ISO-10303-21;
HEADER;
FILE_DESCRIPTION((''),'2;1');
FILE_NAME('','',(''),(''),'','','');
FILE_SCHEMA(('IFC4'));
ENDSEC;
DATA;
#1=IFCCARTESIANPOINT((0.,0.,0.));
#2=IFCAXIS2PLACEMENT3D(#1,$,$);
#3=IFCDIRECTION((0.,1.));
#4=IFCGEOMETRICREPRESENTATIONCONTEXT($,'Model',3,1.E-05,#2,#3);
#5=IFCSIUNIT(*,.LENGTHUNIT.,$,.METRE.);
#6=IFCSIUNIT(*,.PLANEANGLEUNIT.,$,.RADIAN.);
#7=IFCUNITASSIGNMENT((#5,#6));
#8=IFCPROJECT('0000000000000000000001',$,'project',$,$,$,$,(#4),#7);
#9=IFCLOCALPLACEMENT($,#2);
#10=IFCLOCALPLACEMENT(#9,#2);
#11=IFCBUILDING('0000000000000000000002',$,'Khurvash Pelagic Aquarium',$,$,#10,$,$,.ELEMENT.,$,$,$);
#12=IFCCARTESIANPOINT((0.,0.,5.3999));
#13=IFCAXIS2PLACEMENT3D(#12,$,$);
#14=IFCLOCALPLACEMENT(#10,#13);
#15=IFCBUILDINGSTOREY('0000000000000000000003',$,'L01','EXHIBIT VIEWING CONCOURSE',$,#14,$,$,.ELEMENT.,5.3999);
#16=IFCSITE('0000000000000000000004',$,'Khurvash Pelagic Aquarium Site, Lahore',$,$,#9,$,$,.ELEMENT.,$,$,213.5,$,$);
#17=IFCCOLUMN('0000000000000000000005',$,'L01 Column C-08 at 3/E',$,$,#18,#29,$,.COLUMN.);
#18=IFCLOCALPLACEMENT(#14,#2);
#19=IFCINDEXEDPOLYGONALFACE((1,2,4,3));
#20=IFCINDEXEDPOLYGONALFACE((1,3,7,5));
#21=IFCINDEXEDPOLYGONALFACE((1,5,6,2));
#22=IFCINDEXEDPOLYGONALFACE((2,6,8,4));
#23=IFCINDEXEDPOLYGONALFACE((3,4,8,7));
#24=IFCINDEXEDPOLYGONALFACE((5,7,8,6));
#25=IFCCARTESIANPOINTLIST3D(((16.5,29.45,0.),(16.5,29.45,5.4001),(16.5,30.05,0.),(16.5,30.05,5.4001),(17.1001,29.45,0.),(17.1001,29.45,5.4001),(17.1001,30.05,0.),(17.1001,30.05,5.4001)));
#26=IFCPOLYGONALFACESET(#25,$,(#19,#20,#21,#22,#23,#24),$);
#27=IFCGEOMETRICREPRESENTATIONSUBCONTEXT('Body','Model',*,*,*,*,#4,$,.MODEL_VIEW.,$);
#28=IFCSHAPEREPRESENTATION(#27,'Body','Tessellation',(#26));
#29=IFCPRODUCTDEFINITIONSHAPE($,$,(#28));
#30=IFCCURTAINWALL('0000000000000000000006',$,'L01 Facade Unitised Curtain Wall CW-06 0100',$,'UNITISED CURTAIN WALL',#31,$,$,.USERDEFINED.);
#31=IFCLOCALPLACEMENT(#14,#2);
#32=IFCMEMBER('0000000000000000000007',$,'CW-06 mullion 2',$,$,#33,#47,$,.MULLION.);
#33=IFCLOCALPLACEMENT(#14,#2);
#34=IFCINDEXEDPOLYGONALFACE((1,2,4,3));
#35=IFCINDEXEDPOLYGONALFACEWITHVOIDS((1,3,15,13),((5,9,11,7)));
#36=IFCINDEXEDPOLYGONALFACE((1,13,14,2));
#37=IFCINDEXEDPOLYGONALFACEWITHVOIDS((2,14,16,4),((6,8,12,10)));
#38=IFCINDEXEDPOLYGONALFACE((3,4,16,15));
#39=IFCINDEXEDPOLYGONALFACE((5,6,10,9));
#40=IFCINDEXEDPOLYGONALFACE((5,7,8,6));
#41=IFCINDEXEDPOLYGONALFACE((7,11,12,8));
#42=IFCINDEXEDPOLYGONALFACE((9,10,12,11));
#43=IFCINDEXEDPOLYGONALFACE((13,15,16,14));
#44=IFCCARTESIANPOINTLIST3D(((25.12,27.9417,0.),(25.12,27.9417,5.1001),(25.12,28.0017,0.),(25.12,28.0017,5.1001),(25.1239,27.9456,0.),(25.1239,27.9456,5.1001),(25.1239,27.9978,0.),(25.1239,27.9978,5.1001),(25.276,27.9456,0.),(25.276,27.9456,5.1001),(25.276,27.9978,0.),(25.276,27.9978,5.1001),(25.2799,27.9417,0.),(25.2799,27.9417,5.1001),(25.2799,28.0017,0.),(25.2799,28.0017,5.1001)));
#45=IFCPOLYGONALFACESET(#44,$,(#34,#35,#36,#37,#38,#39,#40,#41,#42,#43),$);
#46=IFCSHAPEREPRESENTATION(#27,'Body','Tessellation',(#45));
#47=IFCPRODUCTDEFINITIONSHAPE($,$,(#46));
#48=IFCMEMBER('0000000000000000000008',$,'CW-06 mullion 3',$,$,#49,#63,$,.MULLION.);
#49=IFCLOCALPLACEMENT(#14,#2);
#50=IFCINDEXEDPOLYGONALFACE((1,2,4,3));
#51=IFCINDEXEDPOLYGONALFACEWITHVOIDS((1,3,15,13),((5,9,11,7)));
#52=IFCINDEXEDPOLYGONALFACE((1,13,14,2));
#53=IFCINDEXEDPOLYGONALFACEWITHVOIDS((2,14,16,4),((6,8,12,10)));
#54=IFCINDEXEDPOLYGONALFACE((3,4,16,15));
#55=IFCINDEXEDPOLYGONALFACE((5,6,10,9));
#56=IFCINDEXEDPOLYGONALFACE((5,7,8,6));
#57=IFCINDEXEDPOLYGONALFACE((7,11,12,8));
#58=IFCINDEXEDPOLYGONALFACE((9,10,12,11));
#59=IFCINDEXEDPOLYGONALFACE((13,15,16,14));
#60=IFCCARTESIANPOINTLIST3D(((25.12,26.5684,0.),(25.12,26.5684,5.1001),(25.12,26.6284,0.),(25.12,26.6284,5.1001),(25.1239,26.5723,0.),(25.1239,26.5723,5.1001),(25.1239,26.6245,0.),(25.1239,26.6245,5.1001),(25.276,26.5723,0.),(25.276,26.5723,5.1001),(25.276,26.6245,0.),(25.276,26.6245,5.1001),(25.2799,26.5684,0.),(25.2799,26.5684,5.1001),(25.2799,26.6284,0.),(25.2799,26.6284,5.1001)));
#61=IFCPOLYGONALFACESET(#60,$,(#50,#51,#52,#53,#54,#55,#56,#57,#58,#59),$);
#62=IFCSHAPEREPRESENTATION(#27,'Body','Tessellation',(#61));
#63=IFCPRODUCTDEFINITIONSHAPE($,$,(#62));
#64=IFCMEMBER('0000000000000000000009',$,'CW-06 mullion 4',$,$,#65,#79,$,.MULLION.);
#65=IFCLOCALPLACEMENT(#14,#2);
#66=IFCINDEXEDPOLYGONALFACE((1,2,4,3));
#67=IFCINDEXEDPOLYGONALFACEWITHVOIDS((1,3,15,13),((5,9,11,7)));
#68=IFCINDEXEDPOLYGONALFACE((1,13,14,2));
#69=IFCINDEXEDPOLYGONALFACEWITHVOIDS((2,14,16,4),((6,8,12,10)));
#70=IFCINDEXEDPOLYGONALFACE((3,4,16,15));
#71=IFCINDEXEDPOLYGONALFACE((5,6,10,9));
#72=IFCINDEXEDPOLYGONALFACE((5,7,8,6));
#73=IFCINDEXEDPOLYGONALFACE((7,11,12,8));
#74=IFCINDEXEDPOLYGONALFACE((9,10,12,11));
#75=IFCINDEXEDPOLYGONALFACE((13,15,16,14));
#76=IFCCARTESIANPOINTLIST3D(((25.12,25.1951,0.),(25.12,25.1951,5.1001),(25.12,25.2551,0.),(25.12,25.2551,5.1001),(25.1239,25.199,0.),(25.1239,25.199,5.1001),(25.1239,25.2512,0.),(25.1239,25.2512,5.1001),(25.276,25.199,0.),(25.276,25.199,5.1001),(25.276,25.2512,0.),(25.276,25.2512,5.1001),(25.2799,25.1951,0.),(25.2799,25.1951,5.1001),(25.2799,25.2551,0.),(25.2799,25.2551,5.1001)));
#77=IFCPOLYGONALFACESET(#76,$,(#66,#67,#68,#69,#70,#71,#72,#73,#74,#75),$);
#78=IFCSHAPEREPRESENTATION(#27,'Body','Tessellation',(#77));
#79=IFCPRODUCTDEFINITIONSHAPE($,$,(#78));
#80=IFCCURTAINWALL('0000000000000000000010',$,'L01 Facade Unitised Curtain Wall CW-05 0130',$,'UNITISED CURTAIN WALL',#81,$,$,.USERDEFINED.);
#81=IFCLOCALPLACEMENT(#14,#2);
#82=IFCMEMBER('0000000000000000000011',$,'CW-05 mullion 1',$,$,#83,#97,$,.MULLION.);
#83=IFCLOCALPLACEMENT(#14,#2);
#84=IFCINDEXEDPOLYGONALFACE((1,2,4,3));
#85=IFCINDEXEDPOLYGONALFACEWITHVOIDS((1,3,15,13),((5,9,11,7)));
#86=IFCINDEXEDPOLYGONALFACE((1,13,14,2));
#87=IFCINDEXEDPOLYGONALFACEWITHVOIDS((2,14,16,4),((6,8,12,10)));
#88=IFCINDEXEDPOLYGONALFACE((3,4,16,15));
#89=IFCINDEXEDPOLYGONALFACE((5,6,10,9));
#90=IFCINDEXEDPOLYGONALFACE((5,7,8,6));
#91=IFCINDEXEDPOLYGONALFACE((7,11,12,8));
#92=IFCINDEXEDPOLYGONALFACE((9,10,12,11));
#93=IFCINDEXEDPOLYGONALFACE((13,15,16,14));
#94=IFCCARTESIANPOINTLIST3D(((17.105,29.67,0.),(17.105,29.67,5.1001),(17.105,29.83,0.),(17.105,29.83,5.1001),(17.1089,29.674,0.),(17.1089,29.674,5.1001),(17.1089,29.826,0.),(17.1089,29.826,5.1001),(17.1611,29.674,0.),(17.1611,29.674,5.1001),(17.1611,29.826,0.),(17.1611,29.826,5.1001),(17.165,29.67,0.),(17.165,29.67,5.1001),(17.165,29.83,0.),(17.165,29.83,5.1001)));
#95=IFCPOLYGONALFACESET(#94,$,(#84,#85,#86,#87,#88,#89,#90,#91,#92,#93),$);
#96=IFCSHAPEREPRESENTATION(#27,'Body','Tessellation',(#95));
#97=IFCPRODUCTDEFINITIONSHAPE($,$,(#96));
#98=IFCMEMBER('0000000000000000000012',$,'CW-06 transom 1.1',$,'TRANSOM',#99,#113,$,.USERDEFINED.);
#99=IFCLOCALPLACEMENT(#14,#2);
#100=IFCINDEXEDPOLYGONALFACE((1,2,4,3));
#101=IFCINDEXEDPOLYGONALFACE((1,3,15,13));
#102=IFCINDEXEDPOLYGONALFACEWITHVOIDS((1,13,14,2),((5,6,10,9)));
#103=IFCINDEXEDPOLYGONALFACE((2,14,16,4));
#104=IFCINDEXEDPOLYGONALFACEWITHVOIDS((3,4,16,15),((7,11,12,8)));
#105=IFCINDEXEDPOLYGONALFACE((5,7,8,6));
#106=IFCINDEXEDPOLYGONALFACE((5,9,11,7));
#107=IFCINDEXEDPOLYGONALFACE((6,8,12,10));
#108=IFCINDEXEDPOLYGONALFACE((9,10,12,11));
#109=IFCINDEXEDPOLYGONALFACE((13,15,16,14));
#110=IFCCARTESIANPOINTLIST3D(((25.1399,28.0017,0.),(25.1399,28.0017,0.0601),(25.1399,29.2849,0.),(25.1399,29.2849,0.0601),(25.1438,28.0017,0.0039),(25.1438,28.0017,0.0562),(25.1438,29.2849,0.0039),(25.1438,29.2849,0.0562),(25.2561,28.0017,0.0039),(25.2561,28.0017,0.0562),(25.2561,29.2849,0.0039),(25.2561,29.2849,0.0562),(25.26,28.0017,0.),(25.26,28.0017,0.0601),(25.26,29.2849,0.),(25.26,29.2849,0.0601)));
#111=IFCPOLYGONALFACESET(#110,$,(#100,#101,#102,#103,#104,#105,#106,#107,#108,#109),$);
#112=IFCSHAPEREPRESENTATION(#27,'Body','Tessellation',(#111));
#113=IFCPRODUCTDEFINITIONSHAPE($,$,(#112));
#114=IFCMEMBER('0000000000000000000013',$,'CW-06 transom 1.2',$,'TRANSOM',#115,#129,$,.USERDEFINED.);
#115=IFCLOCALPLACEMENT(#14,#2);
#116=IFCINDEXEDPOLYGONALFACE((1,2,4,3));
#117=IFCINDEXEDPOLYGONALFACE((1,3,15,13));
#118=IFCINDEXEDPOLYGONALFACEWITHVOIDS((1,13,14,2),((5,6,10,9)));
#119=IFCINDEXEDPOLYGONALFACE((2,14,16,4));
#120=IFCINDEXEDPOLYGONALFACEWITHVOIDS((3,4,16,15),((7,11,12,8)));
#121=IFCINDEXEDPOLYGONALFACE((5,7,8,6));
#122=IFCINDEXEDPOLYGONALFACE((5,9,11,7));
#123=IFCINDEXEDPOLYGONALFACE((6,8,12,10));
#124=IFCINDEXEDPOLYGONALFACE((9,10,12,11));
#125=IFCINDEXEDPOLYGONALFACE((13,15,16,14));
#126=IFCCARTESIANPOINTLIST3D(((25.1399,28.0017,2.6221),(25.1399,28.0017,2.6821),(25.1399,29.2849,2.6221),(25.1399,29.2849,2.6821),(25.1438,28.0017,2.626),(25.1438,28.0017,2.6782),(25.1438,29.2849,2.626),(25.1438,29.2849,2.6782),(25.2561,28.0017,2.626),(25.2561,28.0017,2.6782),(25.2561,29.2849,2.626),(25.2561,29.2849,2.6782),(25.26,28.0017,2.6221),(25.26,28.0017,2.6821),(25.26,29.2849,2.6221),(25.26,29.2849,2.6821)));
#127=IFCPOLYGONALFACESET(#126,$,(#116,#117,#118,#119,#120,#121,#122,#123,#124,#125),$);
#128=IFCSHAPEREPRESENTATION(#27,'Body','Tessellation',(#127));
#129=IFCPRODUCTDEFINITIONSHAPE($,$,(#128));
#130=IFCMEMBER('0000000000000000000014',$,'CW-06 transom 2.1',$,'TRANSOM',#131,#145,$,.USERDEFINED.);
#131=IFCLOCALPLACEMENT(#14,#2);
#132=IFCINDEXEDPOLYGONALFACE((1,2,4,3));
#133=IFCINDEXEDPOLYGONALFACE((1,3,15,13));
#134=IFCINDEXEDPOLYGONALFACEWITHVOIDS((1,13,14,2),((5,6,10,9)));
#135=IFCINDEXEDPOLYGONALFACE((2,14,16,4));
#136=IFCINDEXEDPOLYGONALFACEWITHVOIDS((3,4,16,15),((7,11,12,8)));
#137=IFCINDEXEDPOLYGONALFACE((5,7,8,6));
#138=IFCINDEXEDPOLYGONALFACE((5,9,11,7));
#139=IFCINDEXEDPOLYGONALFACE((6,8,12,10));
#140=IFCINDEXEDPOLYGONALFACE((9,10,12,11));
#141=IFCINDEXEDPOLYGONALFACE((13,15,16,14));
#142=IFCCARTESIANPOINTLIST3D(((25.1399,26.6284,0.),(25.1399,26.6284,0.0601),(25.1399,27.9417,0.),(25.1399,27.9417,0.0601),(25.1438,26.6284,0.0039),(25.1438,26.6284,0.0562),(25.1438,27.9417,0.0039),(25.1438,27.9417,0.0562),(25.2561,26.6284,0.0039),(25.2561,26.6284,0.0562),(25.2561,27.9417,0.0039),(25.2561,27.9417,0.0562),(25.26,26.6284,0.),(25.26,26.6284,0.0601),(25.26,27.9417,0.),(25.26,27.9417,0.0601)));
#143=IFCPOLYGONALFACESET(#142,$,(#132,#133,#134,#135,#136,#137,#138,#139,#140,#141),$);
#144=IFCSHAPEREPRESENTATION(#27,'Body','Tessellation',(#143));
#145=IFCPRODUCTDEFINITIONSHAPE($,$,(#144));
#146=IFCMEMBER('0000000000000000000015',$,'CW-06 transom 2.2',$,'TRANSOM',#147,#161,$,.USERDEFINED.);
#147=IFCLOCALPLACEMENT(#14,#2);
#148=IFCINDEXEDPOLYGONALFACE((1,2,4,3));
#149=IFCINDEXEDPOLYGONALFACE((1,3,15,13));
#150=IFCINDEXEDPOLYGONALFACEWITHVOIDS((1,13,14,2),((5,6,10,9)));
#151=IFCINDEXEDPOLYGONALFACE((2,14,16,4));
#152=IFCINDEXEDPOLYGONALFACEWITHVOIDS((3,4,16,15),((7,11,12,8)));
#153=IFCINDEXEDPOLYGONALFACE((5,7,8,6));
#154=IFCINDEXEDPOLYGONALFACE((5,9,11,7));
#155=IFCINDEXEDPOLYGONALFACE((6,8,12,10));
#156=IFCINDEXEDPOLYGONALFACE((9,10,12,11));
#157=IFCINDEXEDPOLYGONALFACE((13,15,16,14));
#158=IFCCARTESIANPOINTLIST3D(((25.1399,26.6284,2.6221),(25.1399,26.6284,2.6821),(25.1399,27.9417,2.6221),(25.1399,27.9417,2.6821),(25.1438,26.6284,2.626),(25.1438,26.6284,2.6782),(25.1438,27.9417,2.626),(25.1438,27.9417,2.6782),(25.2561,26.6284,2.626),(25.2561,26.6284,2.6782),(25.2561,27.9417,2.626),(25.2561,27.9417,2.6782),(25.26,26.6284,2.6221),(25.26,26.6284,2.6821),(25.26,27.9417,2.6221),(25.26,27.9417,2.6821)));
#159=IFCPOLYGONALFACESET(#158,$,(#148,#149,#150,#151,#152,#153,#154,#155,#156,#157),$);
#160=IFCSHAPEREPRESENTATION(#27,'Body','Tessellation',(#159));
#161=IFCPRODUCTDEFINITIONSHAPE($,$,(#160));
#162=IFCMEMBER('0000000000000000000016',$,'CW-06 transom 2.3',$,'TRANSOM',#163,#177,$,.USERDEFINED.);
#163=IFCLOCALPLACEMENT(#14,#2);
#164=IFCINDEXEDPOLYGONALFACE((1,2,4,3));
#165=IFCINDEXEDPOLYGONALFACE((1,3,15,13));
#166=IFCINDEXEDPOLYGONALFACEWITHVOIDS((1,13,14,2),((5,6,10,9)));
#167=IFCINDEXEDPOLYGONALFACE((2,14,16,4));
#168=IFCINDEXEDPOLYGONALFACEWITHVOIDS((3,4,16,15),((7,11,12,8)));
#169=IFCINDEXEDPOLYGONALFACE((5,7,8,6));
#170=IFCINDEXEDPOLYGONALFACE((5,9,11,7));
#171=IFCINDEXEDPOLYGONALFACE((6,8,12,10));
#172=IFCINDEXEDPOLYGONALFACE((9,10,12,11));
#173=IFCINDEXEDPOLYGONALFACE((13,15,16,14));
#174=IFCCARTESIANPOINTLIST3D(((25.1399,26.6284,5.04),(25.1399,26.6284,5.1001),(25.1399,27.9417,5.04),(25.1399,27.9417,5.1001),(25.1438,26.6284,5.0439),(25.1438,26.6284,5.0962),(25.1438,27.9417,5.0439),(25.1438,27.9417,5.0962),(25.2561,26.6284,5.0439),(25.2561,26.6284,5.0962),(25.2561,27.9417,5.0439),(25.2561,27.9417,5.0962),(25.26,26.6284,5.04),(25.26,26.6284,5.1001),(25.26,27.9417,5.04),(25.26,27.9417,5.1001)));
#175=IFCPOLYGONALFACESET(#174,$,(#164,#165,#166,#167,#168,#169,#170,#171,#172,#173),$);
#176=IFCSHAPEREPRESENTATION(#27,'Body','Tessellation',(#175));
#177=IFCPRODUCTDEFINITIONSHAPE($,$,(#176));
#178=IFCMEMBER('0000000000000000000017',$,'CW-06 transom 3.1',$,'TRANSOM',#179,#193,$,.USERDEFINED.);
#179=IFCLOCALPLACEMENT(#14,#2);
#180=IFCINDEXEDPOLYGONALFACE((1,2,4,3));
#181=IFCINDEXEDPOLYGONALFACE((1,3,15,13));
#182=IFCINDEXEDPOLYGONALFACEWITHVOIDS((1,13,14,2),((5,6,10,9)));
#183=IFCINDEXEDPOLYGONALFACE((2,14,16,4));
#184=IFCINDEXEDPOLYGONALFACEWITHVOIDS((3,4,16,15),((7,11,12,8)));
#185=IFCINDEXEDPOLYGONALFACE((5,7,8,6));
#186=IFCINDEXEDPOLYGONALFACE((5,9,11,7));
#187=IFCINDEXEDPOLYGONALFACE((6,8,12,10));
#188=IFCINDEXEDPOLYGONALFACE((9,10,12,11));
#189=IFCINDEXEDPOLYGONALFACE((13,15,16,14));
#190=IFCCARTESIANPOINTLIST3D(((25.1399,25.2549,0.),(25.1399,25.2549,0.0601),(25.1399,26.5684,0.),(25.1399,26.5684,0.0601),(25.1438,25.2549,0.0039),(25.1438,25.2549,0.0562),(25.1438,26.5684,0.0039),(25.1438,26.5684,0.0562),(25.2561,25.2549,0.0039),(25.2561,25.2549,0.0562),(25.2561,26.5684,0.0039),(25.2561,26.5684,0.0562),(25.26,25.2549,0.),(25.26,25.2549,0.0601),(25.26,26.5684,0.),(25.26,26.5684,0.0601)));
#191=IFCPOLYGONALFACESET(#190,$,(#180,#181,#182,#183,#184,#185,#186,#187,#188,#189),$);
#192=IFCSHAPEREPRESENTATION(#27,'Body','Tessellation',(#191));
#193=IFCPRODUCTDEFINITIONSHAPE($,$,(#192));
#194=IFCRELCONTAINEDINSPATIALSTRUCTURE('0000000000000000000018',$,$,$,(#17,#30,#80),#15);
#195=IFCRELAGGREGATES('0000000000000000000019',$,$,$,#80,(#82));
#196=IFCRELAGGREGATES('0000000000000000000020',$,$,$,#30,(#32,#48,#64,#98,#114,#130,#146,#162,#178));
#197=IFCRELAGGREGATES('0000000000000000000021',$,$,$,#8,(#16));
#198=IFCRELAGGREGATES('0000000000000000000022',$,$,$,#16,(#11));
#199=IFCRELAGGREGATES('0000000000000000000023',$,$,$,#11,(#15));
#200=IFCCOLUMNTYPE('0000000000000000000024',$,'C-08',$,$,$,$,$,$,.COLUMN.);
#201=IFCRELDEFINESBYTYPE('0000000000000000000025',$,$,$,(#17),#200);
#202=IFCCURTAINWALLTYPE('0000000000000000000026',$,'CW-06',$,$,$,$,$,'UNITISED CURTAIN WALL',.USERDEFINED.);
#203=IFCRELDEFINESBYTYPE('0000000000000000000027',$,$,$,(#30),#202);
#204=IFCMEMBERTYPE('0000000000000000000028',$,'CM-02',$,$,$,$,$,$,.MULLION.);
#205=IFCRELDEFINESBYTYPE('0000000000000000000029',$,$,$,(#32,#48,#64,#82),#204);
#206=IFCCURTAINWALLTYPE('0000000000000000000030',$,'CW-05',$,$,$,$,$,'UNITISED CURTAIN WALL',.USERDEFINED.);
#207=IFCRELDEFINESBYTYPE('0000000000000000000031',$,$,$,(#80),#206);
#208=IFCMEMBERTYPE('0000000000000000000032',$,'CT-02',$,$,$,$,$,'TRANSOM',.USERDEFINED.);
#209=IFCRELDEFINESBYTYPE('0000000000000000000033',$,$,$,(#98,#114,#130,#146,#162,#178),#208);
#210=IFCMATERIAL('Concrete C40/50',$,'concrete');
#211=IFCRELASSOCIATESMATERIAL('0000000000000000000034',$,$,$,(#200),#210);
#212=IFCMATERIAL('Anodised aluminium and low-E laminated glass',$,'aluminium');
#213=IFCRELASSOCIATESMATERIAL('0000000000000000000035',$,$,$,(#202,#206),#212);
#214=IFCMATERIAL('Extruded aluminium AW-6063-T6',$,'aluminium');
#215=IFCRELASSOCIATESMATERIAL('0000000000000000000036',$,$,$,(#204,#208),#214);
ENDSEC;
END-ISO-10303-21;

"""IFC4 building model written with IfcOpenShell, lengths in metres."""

from ifc_helpers import new_model, si_unit, direction, frame, origin, origin_2d, place, context, subcontext, project, spatial, rectangle, hollow_rectangle, extrude, material, material_profile, profile_set, type_object, element, aggregate, save


model = new_model("IFC4")

# Units and contexts
model_context = context("Model", 3, precision=1e-05, world=origin(), true_north=direction((0.0, 1.0)))
body_context = subcontext(model_context, "Body", "Model", "MODEL_VIEW")
ifc_project = project(units=[si_unit("LENGTHUNIT", "METRE"), si_unit("PLANEANGLEUNIT", "RADIAN")], contexts=[model_context])

# Site, building, storey
site_placement = place(None, origin())
site = spatial("IfcSite", under=ifc_project, at=site_placement, Name="Khurvash Pelagic Aquarium Site, Lahore", CompositionType="ELEMENT", RefElevation=213.5)
building_placement = place(site_placement, origin())
building = spatial("IfcBuilding", under=site, at=building_placement, Name="Khurvash Pelagic Aquarium", CompositionType="ELEMENT")
storey_placement = place(building_placement, frame((0.0, 0.0, 5.3999)))
storey = spatial("IfcBuildingStorey", under=building, at=storey_placement, Name="L01", Description="EXHIBIT VIEWING CONCOURSE", CompositionType="ELEMENT", Elevation=5.3999)

# Column
ifc_material_1 = material(Name="Concrete C40/50", Category="concrete")
ifc_material_profile_1 = material_profile(ifc_material_1, rectangle(XDim=0.6001, YDim=0.6001, at=origin_2d()), Name="RC600X600")
ifc_profile_set_1 = profile_set([ifc_material_profile_1], Name="Concrete C40/50")
column_type = type_object("IfcColumnType", Name="C-08", PredefinedType="COLUMN", material=ifc_profile_set_1)
column_placement = place(storey_placement, frame((16.8, 29.75, 0.0), z_axis=(0.0, 0.0, 1.0), x_axis=(1.0, 0.0, 0.0)))
element("IfcColumn", 1, at=column_placement, inside=storey, type_object=column_type, Name="L01 Column C-08 at 3/E", PredefinedType="COLUMN", context=body_context, shape_type="SweptSolid", body=[
    extrude(rectangle(XDim=0.6001, YDim=0.6001, at=origin_2d()), origin(), (0.0, 0.0, 1.0), 5.4001),
])

# Curtain wall, members
ifc_material_2 = material(Name="Anodised aluminium and low-E laminated glass", Category="aluminium")
curtain_wall_type_1 = type_object("IfcCurtainWallType", Name="CW-06", ElementType="UNITISED CURTAIN WALL", PredefinedType="USERDEFINED", material=ifc_material_2)
curtain_wall_1_placement = place(storey_placement, origin())
curtain_wall_1 = element("IfcCurtainWall", 2, at=curtain_wall_1_placement, inside=storey, type_object=curtain_wall_type_1, Name="L01 Facade Unitised Curtain Wall CW-06 0100", ObjectType="UNITISED CURTAIN WALL", PredefinedType="USERDEFINED")
ifc_material_3 = material(Name="Extruded aluminium AW-6063-T6", Category="aluminium")
ifc_material_profile_2 = material_profile(ifc_material_3, hollow_rectangle(XDim=0.0601, YDim=0.1599, WallThickness=0.0039, at=origin_2d()), Name="CWM60X160X4")
ifc_profile_set_2 = profile_set([ifc_material_profile_2], Name="Extruded aluminium AW-6063-T6")
member_type_1 = type_object("IfcMemberType", Name="CM-02", PredefinedType="MULLION", material=ifc_profile_set_2)
member_1_placement = place(storey_placement, frame((25.2, 27.9717, 0.0), z_axis=(0.0, 0.0, 1.0), x_axis=(0.0, -1.0, 0.0)))
member_1 = element("IfcMember", 3, at=member_1_placement, type_object=member_type_1, Name="CW-06 mullion 2", PredefinedType="MULLION", context=body_context, shape_type="SweptSolid", body=[
    extrude(hollow_rectangle(XDim=0.0601, YDim=0.1599, WallThickness=0.0039, at=origin_2d()), origin(), (0.0, 0.0, 1.0), 5.1001),
])
member_2_placement = place(storey_placement, frame((25.2, 26.5984, 0.0), z_axis=(0.0, 0.0, 1.0), x_axis=(0.0, -1.0, 0.0)))
member_2 = element("IfcMember", 4, at=member_2_placement, type_object=member_type_1, Name="CW-06 mullion 3", PredefinedType="MULLION", context=body_context, shape_type="SweptSolid", body=[
    extrude(hollow_rectangle(XDim=0.0601, YDim=0.1599, WallThickness=0.0039, at=origin_2d()), origin(), (0.0, 0.0, 1.0), 5.1001),
])
member_3_placement = place(storey_placement, frame((25.2, 25.2251, 0.0), z_axis=(0.0, 0.0, 1.0), x_axis=(0.0, -1.0, 0.0)))
member_3 = element("IfcMember", 5, at=member_3_placement, type_object=member_type_1, Name="CW-06 mullion 4", PredefinedType="MULLION", context=body_context, shape_type="SweptSolid", body=[
    extrude(hollow_rectangle(XDim=0.0601, YDim=0.1599, WallThickness=0.0039, at=origin_2d()), origin(), (0.0, 0.0, 1.0), 5.1001),
])

# Curtain wall, member
curtain_wall_type_2 = type_object("IfcCurtainWallType", Name="CW-05", ElementType="UNITISED CURTAIN WALL", PredefinedType="USERDEFINED", material=ifc_material_2)
curtain_wall_2_placement = place(storey_placement, origin())
curtain_wall_2 = element("IfcCurtainWall", 6, at=curtain_wall_2_placement, inside=storey, type_object=curtain_wall_type_2, Name="L01 Facade Unitised Curtain Wall CW-05 0130", ObjectType="UNITISED CURTAIN WALL", PredefinedType="USERDEFINED")
member_4_placement = place(storey_placement, frame((17.135, 29.75, 0.0), z_axis=(0.0, 0.0, 1.0), x_axis=(1.0, 0.0, 0.0)))
member_4 = element("IfcMember", 7, at=member_4_placement, type_object=member_type_1, Name="CW-05 mullion 1", PredefinedType="MULLION", context=body_context, shape_type="SweptSolid", body=[
    extrude(hollow_rectangle(XDim=0.0601, YDim=0.1599, WallThickness=0.0039, at=origin_2d()), origin(), (0.0, 0.0, 1.0), 5.1001),
])

# Members
ifc_material_profile_3 = material_profile(ifc_material_3, hollow_rectangle(XDim=0.1201, YDim=0.0601, WallThickness=0.0039, at=origin_2d()), Name="CWT120X60X4")
ifc_profile_set_3 = profile_set([ifc_material_profile_3], Name="Extruded aluminium AW-6063-T6")
member_type_2 = type_object("IfcMemberType", Name="CT-02", ElementType="TRANSOM", PredefinedType="USERDEFINED", material=ifc_profile_set_3)
member_5_placement = place(storey_placement, frame((25.2, 29.2849, 0.03), z_axis=(0.0, -1.0, 0.0), x_axis=(1.0, 0.0, 0.0)))
member_5 = element("IfcMember", 8, at=member_5_placement, type_object=member_type_2, Name="CW-06 transom 1.1", ObjectType="TRANSOM", PredefinedType="USERDEFINED", context=body_context, shape_type="SweptSolid", body=[
    extrude(hollow_rectangle(XDim=0.1201, YDim=0.0601, WallThickness=0.0039, at=origin_2d()), origin(), (0.0, 0.0, 1.0), 1.2832),
])
member_6_placement = place(storey_placement, frame((25.2, 29.2849, 2.6521), z_axis=(0.0, -1.0, 0.0), x_axis=(1.0, 0.0, 0.0)))
member_6 = element("IfcMember", 9, at=member_6_placement, type_object=member_type_2, Name="CW-06 transom 1.2", ObjectType="TRANSOM", PredefinedType="USERDEFINED", context=body_context, shape_type="SweptSolid", body=[
    extrude(hollow_rectangle(XDim=0.1201, YDim=0.0601, WallThickness=0.0039, at=origin_2d()), origin(), (0.0, 0.0, 1.0), 1.2832),
])
member_7_placement = place(storey_placement, frame((25.2, 27.9417, 0.03), z_axis=(0.0, -1.0, 0.0), x_axis=(1.0, 0.0, 0.0)))
member_7 = element("IfcMember", 10, at=member_7_placement, type_object=member_type_2, Name="CW-06 transom 2.1", ObjectType="TRANSOM", PredefinedType="USERDEFINED", context=body_context, shape_type="SweptSolid", body=[
    extrude(hollow_rectangle(XDim=0.1201, YDim=0.0601, WallThickness=0.0039, at=origin_2d()), origin(), (0.0, 0.0, 1.0), 1.3132),
])
member_8_placement = place(storey_placement, frame((25.2, 27.9417, 2.6521), z_axis=(0.0, -1.0, 0.0), x_axis=(1.0, 0.0, 0.0)))
member_8 = element("IfcMember", 11, at=member_8_placement, type_object=member_type_2, Name="CW-06 transom 2.2", ObjectType="TRANSOM", PredefinedType="USERDEFINED", context=body_context, shape_type="SweptSolid", body=[
    extrude(hollow_rectangle(XDim=0.1201, YDim=0.0601, WallThickness=0.0039, at=origin_2d()), origin(), (0.0, 0.0, 1.0), 1.3132),
])
member_9_placement = place(storey_placement, frame((25.2, 27.9417, 5.0701), z_axis=(0.0, -1.0, 0.0), x_axis=(1.0, 0.0, 0.0)))
member_9 = element("IfcMember", 12, at=member_9_placement, type_object=member_type_2, Name="CW-06 transom 2.3", ObjectType="TRANSOM", PredefinedType="USERDEFINED", context=body_context, shape_type="SweptSolid", body=[
    extrude(hollow_rectangle(XDim=0.1201, YDim=0.0601, WallThickness=0.0039, at=origin_2d()), origin(), (0.0, 0.0, 1.0), 1.3132),
])
member_10_placement = place(storey_placement, frame((25.2, 26.5684, 0.03), z_axis=(0.0, -1.0, 0.0), x_axis=(1.0, 0.0, 0.0)))
member_10 = element("IfcMember", 13, at=member_10_placement, type_object=member_type_2, Name="CW-06 transom 3.1", ObjectType="TRANSOM", PredefinedType="USERDEFINED", context=body_context, shape_type="SweptSolid", body=[
    extrude(hollow_rectangle(XDim=0.1201, YDim=0.0601, WallThickness=0.0039, at=origin_2d()), origin(), (0.0, 0.0, 1.0), 1.3135),
])
aggregate(curtain_wall_2, [member_4])

aggregate(curtain_wall_1, [member_1, member_2, member_3, member_5, member_6, member_7, member_8, member_9, member_10])

save(model, "model.ifc")
